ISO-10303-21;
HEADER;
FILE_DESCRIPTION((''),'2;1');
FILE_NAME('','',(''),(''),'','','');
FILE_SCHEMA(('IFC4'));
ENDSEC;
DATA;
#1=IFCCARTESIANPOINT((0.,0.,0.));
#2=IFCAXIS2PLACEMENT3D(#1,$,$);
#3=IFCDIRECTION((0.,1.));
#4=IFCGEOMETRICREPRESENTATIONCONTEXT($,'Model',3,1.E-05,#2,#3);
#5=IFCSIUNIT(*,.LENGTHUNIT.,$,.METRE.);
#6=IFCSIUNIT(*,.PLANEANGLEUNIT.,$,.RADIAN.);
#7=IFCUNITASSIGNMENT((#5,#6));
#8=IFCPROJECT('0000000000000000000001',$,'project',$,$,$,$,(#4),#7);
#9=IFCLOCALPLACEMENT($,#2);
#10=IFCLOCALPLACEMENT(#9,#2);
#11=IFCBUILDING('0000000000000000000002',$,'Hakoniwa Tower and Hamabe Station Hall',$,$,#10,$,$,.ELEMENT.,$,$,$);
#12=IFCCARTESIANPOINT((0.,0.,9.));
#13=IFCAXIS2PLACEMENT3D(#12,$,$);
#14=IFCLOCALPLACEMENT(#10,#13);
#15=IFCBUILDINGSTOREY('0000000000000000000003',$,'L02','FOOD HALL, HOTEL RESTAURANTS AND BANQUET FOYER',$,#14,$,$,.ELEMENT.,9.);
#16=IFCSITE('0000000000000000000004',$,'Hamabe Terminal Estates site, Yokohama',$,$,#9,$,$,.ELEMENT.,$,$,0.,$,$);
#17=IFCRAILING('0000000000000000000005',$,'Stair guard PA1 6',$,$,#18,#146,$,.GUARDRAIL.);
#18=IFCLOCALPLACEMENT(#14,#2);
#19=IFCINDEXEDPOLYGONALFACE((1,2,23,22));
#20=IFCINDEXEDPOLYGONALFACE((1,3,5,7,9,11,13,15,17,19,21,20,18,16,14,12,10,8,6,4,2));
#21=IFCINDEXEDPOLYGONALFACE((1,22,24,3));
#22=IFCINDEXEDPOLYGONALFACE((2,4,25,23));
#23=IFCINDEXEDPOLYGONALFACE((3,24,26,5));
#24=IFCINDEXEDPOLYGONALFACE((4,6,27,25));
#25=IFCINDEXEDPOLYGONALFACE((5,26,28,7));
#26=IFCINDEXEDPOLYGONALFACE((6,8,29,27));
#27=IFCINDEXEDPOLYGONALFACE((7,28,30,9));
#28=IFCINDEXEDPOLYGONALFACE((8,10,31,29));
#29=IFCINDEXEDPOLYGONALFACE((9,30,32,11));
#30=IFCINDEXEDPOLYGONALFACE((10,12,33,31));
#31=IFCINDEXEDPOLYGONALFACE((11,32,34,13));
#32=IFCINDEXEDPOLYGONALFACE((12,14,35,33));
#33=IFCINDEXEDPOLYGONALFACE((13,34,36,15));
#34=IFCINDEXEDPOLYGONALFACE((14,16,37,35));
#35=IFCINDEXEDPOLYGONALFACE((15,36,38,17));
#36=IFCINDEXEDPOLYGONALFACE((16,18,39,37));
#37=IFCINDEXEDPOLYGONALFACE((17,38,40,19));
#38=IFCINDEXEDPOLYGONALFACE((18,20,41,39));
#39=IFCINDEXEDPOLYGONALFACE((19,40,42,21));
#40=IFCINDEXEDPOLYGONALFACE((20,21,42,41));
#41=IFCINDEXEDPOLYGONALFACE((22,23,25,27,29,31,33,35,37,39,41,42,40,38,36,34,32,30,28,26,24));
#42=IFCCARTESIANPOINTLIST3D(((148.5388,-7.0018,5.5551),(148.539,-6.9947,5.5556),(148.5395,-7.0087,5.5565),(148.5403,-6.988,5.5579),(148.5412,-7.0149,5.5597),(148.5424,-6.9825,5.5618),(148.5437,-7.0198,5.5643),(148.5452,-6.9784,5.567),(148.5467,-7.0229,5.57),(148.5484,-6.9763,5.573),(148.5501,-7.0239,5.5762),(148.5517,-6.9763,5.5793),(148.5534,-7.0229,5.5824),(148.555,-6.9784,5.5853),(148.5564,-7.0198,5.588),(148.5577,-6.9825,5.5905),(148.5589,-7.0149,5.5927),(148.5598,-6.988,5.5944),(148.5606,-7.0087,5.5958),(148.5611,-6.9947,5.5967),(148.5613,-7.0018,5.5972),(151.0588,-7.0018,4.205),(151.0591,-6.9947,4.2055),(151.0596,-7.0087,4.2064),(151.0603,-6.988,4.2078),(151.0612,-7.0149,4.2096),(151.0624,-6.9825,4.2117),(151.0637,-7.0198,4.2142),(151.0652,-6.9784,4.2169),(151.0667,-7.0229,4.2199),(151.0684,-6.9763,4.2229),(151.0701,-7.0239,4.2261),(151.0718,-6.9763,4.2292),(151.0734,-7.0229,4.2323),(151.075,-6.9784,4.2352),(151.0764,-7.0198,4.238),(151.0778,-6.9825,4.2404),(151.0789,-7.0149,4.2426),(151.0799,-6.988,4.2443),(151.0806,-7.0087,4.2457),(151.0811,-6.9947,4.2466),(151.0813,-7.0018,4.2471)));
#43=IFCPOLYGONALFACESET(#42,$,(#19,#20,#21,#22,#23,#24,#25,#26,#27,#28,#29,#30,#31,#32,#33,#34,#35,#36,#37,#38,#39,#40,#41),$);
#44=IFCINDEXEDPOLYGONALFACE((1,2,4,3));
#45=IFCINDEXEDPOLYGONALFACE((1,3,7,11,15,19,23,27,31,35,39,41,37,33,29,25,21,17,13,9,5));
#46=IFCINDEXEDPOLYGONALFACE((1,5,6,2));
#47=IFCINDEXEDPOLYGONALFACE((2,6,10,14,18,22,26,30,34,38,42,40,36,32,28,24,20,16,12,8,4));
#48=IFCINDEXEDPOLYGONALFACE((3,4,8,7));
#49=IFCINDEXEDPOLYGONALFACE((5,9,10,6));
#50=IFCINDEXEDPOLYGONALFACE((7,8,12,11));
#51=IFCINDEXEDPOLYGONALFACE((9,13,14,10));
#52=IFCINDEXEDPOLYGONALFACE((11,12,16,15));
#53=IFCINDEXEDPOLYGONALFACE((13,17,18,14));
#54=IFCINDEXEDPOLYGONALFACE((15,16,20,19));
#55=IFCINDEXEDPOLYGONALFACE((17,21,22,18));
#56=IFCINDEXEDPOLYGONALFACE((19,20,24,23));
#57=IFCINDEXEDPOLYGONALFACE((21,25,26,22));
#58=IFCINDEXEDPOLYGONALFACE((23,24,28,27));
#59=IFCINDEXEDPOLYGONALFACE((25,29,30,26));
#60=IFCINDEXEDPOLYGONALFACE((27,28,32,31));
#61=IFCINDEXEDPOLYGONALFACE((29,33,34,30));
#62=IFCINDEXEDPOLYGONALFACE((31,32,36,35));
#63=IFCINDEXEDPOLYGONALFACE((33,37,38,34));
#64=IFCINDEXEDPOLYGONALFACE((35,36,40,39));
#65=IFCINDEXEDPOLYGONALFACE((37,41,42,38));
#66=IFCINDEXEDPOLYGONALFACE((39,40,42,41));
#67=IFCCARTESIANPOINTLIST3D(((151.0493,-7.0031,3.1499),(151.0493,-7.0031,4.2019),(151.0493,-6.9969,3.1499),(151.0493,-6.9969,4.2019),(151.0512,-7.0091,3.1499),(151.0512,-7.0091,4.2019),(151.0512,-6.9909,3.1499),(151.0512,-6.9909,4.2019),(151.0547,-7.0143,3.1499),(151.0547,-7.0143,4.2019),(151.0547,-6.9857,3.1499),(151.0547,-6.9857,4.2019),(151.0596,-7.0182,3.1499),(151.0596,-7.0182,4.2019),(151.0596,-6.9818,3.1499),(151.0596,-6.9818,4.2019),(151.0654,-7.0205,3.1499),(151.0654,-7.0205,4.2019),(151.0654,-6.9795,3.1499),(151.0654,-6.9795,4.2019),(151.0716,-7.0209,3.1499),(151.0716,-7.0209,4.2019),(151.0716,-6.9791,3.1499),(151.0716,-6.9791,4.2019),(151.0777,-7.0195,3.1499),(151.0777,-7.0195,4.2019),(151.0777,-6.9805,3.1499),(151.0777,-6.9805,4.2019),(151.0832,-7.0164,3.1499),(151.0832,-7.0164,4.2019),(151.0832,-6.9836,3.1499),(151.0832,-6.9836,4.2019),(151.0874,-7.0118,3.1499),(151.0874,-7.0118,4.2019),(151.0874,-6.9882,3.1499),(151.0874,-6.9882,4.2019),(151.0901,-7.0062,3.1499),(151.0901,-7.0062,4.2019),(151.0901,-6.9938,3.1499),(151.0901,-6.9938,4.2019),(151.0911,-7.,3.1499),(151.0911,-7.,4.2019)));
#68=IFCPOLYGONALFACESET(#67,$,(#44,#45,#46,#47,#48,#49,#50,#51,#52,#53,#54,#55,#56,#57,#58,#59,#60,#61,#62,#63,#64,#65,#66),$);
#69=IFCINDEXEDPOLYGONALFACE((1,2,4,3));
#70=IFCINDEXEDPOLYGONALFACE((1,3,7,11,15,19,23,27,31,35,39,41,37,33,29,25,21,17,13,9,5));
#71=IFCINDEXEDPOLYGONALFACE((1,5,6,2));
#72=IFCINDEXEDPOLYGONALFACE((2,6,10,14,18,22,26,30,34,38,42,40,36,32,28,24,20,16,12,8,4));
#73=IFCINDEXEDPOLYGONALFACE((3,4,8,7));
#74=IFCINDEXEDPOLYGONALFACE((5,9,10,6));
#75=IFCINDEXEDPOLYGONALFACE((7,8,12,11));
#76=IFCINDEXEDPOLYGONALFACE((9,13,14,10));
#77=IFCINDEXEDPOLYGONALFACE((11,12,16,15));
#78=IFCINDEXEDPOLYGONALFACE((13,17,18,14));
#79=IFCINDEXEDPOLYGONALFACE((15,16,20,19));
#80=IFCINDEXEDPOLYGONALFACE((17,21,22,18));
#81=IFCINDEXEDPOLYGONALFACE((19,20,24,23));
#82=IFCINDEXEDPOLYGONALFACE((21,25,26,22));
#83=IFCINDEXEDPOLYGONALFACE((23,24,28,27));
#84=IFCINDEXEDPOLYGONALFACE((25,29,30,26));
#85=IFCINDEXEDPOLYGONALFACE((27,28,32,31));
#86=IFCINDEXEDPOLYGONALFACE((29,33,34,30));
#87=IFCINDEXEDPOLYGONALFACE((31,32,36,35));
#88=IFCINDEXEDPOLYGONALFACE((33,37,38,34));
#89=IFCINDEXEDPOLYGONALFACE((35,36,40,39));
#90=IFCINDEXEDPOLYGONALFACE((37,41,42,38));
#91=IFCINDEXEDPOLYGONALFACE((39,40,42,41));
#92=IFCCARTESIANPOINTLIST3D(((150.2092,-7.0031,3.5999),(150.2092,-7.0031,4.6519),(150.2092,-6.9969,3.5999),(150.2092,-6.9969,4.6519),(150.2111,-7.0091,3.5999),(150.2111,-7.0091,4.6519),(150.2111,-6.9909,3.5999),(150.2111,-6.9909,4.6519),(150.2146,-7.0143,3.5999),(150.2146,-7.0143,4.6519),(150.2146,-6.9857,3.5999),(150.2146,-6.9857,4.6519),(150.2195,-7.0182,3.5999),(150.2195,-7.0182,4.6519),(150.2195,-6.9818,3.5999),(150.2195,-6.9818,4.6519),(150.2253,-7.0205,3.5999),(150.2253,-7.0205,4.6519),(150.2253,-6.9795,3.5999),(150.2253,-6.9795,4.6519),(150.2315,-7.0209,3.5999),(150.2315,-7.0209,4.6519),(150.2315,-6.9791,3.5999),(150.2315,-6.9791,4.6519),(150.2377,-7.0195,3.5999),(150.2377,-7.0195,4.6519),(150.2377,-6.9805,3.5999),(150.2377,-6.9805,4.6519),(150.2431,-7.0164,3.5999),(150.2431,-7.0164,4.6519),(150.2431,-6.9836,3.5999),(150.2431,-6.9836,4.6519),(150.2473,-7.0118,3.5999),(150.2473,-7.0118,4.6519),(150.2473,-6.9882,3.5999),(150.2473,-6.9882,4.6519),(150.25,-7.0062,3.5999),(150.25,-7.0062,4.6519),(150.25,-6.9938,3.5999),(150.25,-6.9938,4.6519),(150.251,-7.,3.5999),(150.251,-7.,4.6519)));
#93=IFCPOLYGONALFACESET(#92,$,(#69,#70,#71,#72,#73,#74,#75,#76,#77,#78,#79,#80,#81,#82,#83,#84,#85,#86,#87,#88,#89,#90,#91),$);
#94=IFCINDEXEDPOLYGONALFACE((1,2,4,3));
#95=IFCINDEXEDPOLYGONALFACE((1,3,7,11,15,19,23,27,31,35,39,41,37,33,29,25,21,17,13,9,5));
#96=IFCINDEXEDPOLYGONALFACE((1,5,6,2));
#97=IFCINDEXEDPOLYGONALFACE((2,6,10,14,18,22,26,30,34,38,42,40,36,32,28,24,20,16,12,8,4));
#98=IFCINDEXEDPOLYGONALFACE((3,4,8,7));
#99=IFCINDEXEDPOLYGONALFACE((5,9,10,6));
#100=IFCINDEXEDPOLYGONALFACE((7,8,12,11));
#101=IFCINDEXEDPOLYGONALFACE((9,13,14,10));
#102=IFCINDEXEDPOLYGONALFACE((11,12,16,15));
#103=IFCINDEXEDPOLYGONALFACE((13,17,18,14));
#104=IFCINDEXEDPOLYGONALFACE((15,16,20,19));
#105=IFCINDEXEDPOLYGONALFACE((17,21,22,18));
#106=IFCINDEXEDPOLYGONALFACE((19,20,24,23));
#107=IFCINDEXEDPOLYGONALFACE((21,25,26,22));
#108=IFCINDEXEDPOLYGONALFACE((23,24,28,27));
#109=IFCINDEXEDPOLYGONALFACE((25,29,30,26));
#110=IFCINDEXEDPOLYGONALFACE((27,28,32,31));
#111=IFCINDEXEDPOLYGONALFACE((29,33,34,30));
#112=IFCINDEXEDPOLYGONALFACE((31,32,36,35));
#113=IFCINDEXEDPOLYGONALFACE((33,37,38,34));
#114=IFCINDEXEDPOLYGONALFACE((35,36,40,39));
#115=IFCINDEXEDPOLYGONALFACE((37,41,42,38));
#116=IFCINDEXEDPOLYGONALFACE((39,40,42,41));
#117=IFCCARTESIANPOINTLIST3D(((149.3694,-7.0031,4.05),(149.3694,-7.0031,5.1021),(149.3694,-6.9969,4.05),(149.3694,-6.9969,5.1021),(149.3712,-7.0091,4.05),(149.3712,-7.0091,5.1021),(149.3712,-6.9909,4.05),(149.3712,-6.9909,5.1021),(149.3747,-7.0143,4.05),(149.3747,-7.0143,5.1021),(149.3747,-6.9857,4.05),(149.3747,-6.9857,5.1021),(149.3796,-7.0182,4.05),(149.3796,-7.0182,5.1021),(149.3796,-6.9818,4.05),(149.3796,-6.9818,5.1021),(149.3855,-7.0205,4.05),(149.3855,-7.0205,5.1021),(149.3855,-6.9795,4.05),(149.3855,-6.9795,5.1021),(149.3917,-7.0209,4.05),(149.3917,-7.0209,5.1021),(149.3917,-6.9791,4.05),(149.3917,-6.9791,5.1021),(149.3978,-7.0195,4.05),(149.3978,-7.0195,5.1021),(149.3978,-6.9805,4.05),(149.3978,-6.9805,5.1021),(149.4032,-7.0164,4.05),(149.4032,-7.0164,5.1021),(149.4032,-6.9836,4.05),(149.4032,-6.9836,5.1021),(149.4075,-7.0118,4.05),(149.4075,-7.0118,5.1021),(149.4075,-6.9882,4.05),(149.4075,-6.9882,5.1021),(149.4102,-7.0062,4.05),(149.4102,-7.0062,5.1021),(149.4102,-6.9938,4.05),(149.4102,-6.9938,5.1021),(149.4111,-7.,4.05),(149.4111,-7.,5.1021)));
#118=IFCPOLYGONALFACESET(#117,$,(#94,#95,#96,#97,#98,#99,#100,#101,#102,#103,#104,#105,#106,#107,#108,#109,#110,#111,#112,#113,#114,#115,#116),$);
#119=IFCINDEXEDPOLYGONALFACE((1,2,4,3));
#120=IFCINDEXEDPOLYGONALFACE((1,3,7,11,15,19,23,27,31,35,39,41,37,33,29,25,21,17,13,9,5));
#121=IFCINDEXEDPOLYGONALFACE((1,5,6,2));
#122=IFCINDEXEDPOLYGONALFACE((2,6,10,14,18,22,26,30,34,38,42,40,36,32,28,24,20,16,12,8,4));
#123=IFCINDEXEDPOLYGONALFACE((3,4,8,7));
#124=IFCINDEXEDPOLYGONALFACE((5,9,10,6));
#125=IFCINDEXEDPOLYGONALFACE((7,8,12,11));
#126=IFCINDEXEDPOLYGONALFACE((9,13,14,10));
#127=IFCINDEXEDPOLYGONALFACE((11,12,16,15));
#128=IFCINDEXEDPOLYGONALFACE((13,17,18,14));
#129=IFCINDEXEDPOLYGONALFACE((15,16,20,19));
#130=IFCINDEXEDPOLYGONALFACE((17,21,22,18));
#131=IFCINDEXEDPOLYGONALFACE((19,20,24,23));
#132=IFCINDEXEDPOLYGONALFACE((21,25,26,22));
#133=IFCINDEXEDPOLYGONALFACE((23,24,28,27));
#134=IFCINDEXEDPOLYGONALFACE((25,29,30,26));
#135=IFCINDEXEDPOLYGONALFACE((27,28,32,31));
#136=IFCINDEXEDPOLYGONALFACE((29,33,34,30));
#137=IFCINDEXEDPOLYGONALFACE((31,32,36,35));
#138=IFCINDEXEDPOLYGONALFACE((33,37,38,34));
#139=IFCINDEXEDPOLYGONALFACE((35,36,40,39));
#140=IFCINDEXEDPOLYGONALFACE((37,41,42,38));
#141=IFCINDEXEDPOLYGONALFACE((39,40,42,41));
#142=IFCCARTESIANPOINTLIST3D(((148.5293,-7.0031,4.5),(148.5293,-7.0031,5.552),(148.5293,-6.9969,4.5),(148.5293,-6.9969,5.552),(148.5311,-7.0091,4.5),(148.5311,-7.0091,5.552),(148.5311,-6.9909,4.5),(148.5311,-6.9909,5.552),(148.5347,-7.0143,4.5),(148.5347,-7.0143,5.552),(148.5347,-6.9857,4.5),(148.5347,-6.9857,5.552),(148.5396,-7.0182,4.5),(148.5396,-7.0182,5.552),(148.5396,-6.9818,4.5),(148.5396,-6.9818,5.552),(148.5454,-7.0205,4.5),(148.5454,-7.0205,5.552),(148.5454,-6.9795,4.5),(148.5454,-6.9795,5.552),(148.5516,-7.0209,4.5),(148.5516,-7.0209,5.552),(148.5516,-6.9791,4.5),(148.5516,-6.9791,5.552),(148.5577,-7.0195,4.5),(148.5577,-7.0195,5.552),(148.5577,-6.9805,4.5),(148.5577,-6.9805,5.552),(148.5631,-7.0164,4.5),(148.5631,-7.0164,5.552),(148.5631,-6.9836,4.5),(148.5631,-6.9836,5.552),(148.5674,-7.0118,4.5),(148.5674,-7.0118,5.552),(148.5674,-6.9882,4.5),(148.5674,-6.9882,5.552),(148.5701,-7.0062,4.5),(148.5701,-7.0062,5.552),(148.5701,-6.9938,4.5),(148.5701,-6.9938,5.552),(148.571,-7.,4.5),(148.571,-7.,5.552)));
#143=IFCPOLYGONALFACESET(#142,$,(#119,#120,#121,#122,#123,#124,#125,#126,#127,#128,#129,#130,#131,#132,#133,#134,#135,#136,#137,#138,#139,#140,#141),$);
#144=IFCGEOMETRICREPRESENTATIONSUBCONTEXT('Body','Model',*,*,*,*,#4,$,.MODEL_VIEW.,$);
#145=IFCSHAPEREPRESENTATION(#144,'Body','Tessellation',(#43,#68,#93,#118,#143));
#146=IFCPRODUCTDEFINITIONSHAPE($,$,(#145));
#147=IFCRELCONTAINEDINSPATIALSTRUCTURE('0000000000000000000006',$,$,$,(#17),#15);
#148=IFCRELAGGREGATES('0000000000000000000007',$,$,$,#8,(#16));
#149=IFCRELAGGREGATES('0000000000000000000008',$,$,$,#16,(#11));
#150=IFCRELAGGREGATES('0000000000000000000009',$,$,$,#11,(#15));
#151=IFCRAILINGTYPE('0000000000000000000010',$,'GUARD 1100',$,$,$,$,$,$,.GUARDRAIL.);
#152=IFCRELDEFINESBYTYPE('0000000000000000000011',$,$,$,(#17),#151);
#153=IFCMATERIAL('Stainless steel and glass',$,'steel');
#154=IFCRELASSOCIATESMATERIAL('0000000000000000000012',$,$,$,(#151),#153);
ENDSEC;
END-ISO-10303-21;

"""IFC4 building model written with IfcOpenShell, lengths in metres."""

from ifc_helpers import new_model, si_unit, direction, frame, origin, origin_2d, place, context, subcontext, project, spatial, circle, extrude, material, type_object, element, save


model = new_model("IFC4")

# Units and contexts
model_context = context("Model", 3, precision=1e-05, world=origin(), true_north=direction((0.0, 1.0)))
body_context = subcontext(model_context, "Body", "Model", "MODEL_VIEW")
ifc_project = project(units=[si_unit("LENGTHUNIT", "METRE"), si_unit("PLANEANGLEUNIT", "RADIAN")], contexts=[model_context])

# Site, building, storey
site_placement = place(None, origin())
site = spatial("IfcSite", under=ifc_project, at=site_placement, Name="Hamabe Terminal Estates site, Yokohama", CompositionType="ELEMENT", RefElevation=0.0)
building_placement = place(site_placement, origin())
building = spatial("IfcBuilding", under=site, at=building_placement, Name="Hakoniwa Tower and Hamabe Station Hall", CompositionType="ELEMENT")
storey_placement = place(building_placement, frame((0.0, 0.0, 9.0)))
storey = spatial("IfcBuildingStorey", under=building, at=storey_placement, Name="L02", Description="FOOD HALL, HOTEL RESTAURANTS AND BANQUET FOYER", CompositionType="ELEMENT", Elevation=9.0)

# Railing
ifc_material_1 = material(Name="Stainless steel and glass", Category="steel")
railing_type_1 = type_object("IfcRailingType", Name="GUARD 1100", PredefinedType="GUARDRAIL", material=ifc_material_1)
railing_1_placement = place(storey_placement, frame((151.0701, -7.0, 3.1499)))
element("IfcRailing", 1, at=railing_1_placement, inside=storey, type_object=railing_type_1, Name="Stair guard PA1 6", PredefinedType="GUARDRAIL", context=body_context, shape_type="SweptSolid", body=[
    extrude(circle(Radius=0.0239, at=origin_2d()), frame((0.0, 0.0, 1.0762), z_axis=(-0.881467, 0.0, 0.472245), x_axis=(0.0, -1.0, 0.0)), (0.0, 0.0, 1.0), 2.8589),
    extrude(circle(Radius=0.021, at=origin_2d()), origin(), (0.0, 0.0, 1.0), 1.052),
    extrude(circle(Radius=0.021, at=origin_2d()), frame((-0.8401, 0.0, 0.45)), (0.0, 0.0, 1.0), 1.052),
    extrude(circle(Radius=0.021, at=origin_2d()), frame((-1.6799, 0.0, 0.9001)), (0.0, 0.0, 1.0), 1.052),
    extrude(circle(Radius=0.021, at=origin_2d()), frame((-2.52, 0.0, 1.3501)), (0.0, 0.0, 1.0), 1.052),
])

save(model, "model.ifc")
